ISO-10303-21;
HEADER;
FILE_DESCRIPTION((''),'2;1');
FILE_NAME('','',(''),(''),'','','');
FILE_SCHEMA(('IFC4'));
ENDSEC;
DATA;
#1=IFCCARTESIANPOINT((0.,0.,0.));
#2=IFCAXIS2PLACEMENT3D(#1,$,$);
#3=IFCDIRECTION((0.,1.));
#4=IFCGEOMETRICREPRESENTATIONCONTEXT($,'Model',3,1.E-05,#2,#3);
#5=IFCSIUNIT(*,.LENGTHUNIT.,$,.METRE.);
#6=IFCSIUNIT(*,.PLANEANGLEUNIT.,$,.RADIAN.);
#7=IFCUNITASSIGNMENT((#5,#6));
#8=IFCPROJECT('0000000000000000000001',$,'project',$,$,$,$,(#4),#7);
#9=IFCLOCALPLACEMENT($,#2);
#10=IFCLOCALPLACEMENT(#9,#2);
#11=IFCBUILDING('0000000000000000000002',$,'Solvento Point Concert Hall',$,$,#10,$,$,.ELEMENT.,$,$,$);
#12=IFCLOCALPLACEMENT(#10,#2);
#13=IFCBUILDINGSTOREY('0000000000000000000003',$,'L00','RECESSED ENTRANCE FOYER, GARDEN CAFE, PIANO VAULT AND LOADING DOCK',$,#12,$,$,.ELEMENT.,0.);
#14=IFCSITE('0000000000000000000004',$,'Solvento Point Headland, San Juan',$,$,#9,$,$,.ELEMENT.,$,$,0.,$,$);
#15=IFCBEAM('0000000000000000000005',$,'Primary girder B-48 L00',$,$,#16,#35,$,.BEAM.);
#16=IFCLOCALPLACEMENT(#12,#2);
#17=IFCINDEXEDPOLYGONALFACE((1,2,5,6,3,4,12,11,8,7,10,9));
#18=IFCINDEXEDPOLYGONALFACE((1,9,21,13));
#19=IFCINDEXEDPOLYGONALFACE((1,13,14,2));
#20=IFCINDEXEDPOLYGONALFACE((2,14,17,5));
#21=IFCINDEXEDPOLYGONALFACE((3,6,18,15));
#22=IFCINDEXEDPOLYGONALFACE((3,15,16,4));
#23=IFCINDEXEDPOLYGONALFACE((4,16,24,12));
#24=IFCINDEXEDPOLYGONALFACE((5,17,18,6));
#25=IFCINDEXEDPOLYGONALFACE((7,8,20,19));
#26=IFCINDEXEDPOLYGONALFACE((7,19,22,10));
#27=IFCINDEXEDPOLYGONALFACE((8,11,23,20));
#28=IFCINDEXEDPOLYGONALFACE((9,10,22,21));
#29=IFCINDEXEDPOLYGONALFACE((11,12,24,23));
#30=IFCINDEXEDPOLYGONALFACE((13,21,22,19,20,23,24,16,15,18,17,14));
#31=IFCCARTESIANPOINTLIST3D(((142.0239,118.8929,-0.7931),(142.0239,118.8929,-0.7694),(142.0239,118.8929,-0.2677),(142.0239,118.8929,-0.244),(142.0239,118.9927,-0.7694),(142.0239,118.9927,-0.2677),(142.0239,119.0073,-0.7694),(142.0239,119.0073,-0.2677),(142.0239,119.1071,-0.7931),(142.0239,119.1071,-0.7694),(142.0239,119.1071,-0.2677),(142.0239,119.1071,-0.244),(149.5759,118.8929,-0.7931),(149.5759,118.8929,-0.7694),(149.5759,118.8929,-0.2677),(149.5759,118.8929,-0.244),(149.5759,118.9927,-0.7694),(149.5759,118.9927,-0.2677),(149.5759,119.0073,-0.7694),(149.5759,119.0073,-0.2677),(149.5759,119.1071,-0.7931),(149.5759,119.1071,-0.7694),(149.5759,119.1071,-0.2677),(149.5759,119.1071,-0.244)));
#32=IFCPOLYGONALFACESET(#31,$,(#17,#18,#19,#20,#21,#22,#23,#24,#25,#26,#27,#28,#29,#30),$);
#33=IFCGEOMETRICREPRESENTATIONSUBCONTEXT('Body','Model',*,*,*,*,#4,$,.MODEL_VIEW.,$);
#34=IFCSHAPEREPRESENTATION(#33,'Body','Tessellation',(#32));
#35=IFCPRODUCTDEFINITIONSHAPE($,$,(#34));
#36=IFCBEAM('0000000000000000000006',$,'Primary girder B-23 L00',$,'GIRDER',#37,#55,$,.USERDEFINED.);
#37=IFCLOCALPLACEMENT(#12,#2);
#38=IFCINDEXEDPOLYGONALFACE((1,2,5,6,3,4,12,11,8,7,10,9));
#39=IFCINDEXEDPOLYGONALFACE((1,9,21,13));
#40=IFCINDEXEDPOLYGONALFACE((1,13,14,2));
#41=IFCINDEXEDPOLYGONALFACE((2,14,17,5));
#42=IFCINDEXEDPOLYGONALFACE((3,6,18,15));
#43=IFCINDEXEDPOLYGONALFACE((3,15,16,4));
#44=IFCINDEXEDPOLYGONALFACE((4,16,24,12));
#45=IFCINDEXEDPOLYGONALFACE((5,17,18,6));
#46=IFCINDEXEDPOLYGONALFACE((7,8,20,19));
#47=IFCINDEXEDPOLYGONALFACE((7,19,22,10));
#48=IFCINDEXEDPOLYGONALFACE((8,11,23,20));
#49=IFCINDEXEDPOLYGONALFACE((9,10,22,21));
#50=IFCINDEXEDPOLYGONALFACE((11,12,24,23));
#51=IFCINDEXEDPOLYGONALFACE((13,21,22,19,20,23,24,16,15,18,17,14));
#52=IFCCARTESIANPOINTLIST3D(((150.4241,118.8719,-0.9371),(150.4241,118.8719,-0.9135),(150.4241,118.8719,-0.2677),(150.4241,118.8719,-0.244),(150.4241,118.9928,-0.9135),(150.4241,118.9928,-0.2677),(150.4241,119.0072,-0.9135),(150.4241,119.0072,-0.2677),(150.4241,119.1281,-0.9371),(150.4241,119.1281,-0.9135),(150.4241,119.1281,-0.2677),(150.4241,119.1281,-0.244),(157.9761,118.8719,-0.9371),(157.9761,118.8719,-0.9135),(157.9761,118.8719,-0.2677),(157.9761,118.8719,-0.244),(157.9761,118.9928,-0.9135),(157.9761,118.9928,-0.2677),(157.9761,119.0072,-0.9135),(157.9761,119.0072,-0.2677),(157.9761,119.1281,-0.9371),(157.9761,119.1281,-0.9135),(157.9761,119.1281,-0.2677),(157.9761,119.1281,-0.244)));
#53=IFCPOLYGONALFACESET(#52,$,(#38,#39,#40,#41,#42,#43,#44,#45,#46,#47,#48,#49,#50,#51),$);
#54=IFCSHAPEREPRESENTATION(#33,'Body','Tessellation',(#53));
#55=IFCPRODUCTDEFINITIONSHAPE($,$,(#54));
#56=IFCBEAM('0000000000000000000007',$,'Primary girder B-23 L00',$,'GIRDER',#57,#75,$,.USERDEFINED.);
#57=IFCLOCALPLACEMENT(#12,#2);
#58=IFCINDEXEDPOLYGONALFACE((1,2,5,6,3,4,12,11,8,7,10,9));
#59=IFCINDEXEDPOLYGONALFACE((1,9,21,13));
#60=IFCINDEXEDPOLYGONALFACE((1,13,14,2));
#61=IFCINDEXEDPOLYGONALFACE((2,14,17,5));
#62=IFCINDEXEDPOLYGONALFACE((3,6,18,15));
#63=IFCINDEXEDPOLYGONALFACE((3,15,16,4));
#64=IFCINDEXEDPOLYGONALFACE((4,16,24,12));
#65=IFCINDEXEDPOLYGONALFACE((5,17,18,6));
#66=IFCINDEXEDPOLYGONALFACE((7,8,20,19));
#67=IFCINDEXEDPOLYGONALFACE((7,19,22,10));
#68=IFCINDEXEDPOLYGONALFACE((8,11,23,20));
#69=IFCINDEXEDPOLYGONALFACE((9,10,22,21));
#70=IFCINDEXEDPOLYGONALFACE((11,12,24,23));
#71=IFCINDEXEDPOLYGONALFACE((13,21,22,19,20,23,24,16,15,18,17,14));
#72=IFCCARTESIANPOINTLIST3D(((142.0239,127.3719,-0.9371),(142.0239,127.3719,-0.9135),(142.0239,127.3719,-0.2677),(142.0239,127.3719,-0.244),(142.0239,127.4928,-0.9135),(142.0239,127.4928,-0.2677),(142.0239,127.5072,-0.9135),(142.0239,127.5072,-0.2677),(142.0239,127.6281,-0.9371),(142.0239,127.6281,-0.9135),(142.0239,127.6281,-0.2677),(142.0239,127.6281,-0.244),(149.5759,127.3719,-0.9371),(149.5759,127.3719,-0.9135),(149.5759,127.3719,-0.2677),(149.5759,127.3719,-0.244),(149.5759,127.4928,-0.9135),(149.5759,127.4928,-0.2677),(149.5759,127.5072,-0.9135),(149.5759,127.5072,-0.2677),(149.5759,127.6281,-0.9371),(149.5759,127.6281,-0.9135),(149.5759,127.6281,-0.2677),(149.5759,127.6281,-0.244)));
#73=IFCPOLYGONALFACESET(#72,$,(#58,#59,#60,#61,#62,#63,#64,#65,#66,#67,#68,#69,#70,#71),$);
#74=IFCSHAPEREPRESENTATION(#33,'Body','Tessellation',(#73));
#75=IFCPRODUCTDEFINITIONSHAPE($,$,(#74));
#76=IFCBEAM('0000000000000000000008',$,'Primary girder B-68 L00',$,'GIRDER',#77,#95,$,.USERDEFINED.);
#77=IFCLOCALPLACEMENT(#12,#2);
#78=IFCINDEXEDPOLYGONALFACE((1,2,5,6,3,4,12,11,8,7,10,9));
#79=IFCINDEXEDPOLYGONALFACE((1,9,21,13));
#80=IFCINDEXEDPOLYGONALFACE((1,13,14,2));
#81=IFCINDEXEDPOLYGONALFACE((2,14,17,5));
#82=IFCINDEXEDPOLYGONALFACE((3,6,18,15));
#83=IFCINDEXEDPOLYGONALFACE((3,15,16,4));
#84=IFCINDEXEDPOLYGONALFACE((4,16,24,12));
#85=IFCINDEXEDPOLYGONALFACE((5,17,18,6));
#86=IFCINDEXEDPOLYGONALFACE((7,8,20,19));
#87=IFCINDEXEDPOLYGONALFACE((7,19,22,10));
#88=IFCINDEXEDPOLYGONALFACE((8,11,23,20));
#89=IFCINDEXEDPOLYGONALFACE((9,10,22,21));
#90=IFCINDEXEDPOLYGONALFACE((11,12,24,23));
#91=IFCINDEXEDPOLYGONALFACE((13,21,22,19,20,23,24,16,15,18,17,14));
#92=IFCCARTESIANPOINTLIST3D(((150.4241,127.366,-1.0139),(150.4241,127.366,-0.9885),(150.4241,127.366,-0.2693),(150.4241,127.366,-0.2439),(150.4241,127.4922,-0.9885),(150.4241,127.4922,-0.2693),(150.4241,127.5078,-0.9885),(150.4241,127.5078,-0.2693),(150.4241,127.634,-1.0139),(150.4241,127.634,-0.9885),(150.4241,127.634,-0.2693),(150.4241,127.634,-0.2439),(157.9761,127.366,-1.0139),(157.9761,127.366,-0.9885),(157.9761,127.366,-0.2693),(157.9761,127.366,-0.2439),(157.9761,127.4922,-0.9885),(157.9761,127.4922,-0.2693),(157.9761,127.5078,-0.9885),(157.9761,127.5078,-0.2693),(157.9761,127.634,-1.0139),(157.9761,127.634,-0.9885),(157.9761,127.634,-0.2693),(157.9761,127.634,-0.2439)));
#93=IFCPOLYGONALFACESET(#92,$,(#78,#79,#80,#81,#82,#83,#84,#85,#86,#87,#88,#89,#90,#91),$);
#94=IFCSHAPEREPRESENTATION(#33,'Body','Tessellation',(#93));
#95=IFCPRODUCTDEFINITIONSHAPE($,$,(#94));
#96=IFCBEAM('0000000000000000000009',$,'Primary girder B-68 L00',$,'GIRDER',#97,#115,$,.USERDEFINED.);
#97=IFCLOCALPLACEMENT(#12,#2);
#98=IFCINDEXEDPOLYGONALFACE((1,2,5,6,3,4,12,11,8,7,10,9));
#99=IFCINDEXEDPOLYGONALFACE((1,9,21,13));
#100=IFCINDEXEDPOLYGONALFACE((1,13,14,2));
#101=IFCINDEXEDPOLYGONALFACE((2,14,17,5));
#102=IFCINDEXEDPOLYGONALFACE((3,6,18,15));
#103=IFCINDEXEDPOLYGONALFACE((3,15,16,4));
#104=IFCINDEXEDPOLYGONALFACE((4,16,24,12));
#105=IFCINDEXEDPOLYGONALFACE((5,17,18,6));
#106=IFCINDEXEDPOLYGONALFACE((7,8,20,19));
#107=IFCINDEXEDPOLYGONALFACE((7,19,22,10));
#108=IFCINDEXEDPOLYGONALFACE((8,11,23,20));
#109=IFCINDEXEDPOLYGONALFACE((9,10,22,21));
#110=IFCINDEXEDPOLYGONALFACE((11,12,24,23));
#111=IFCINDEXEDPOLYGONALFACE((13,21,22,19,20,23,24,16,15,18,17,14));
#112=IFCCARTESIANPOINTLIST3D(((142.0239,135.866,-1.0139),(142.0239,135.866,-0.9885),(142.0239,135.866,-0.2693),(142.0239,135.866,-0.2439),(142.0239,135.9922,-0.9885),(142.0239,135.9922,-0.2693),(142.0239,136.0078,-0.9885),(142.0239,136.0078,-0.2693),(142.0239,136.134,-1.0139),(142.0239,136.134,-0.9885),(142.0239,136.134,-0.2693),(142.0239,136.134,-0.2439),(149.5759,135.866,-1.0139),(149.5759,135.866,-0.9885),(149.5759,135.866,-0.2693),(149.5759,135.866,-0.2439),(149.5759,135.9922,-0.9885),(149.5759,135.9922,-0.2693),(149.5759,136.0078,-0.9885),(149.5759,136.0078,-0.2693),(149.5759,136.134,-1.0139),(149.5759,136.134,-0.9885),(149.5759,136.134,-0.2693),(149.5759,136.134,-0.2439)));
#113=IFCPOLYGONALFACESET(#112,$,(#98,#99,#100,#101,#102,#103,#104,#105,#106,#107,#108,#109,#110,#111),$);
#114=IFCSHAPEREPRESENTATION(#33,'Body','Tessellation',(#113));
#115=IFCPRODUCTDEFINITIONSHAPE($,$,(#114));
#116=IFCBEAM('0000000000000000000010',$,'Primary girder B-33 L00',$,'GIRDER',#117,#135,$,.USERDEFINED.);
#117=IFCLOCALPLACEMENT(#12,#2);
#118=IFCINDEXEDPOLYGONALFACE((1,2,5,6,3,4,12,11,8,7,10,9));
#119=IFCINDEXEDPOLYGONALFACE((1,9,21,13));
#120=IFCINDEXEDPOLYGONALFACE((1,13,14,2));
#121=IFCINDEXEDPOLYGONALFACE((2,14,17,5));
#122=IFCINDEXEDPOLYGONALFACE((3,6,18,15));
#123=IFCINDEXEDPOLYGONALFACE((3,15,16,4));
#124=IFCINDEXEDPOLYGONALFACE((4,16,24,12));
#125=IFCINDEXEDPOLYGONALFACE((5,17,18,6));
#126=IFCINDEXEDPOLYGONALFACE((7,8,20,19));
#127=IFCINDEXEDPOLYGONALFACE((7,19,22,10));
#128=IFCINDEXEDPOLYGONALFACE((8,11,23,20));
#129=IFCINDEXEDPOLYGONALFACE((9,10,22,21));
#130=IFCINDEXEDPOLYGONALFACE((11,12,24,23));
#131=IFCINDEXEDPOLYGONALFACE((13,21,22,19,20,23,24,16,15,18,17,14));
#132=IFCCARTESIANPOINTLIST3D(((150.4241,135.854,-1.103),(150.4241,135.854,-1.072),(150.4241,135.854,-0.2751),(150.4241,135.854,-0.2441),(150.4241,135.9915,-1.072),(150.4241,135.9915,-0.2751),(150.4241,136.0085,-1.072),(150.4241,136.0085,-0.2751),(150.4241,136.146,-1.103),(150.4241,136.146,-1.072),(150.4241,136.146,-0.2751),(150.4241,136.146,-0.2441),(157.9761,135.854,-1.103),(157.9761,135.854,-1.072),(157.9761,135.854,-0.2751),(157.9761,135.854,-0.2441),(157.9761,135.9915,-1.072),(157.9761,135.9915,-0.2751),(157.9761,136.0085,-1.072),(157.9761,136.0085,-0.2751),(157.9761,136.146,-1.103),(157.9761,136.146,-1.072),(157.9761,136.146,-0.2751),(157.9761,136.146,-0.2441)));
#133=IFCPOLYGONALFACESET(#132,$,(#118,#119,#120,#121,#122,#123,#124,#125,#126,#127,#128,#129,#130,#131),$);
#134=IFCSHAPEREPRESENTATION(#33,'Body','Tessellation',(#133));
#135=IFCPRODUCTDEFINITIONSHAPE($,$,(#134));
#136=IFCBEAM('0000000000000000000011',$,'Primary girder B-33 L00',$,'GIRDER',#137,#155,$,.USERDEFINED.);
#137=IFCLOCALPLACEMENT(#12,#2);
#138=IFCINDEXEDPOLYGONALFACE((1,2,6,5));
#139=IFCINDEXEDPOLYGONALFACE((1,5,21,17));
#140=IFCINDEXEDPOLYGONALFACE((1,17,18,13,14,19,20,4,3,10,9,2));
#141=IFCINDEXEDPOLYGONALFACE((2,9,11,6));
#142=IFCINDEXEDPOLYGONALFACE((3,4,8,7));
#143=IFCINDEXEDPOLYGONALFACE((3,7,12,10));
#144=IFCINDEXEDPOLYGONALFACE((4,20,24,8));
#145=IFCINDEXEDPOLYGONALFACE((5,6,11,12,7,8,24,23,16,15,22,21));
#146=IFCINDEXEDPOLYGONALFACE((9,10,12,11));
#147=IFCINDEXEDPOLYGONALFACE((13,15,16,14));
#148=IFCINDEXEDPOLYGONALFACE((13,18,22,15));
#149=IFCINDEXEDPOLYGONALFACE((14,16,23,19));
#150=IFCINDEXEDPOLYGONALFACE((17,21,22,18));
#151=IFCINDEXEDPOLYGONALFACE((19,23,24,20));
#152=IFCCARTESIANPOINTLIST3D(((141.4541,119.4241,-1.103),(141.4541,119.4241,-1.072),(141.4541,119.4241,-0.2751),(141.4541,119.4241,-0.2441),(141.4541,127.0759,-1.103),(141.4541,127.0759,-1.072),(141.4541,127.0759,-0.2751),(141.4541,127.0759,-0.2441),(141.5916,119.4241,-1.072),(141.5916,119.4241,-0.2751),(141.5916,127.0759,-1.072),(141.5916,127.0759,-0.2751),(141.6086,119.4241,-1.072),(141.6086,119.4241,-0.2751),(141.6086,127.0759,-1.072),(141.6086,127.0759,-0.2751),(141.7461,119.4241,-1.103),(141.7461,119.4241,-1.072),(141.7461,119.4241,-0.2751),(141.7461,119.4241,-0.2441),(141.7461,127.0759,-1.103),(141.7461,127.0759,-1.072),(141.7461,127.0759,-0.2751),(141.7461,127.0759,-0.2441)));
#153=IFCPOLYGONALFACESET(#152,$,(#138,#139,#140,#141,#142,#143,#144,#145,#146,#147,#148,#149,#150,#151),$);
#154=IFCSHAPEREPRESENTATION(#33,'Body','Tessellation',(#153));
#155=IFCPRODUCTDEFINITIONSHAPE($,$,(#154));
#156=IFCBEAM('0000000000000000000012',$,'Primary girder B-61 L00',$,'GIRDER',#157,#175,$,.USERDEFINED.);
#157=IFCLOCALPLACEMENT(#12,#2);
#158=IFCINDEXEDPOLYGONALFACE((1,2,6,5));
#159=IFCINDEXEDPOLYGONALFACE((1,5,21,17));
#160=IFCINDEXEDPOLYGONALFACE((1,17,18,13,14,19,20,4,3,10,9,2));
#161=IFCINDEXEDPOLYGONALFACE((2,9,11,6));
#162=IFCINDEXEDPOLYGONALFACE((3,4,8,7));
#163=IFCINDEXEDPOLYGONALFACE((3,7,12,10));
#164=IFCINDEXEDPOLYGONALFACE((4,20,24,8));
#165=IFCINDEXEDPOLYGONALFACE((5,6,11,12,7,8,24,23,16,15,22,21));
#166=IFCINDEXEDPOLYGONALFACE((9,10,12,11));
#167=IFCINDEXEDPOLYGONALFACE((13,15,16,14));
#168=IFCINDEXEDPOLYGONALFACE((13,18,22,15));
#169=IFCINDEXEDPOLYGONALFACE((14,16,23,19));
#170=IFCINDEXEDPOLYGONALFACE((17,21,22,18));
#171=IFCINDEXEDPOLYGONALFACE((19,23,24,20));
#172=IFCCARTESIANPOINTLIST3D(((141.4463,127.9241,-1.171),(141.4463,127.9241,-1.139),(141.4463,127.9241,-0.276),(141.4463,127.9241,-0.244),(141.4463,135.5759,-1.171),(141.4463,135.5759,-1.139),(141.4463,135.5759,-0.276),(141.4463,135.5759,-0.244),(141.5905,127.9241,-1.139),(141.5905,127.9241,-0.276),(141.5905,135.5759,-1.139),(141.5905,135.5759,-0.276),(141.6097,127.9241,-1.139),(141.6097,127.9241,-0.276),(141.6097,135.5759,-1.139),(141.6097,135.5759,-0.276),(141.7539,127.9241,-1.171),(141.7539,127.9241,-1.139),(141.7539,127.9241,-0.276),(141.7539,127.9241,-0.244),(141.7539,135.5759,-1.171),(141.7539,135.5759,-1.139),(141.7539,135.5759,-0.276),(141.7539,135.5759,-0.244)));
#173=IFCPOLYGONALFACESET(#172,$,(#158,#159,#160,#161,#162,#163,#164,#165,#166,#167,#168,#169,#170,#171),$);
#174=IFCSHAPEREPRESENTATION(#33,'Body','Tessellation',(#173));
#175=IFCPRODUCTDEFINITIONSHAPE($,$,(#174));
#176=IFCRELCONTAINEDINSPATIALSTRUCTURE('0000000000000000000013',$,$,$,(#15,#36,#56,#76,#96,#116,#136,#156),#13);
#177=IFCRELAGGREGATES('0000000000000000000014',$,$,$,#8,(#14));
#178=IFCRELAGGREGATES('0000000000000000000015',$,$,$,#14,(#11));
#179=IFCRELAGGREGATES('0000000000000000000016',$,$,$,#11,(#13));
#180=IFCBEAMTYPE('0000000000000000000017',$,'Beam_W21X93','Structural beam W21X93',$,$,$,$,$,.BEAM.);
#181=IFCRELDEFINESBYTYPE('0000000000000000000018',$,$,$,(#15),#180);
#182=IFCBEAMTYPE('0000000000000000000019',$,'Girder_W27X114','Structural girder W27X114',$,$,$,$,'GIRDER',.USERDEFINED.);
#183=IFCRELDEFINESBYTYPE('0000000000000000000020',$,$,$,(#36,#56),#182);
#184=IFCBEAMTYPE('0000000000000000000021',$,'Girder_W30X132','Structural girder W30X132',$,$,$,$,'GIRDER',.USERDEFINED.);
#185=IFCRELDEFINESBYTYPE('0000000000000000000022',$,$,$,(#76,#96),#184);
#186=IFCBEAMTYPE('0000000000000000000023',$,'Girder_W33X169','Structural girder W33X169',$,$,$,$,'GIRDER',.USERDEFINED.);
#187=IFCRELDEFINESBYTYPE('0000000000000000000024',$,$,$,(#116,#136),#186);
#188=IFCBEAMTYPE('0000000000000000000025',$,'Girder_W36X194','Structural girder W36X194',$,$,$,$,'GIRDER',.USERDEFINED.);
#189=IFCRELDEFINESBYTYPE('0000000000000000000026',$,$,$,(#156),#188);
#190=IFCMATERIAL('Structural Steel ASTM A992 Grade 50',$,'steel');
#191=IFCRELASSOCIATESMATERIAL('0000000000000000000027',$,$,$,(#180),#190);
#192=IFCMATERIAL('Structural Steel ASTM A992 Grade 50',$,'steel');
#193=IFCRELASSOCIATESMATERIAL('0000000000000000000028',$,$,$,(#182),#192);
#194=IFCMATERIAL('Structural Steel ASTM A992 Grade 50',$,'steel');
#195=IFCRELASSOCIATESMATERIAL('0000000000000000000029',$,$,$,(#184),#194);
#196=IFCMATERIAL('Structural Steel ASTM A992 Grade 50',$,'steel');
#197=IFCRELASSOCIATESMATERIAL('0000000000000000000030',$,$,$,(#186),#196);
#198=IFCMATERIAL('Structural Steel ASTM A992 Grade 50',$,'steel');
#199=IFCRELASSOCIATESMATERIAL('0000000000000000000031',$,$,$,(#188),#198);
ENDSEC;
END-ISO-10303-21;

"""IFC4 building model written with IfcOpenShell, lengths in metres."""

from ifc_helpers import new_model, si_unit, direction, frame, origin, origin_2d, place, context, subcontext, project, spatial, i_section, extrude, material, material_profile, profile_set, type_object, element, save


model = new_model("IFC4")

# Units and contexts
model_context = context("Model", 3, precision=1e-05, world=origin(), true_north=direction((0.0, 1.0)))
body_context = subcontext(model_context, "Body", "Model", "MODEL_VIEW")
ifc_project = project(units=[si_unit("LENGTHUNIT", "METRE"), si_unit("PLANEANGLEUNIT", "RADIAN")], contexts=[model_context])

# Site, building, storey
site_placement = place(None, origin())
site = spatial("IfcSite", under=ifc_project, at=site_placement, Name="Solvento Point Headland, San Juan", CompositionType="ELEMENT", RefElevation=0.0)
building_placement = place(site_placement, origin())
building = spatial("IfcBuilding", under=site, at=building_placement, Name="Solvento Point Concert Hall", CompositionType="ELEMENT")
storey_placement = place(building_placement, origin())
storey = spatial("IfcBuildingStorey", under=building, at=storey_placement, Name="L00", Description="RECESSED ENTRANCE FOYER, GARDEN CAFE, PIANO VAULT AND LOADING DOCK", CompositionType="ELEMENT", Elevation=0.0)

# Beams
ifc_material_1 = material(Name="Structural Steel ASTM A992 Grade 50", Category="steel")
ifc_material_profile_1 = material_profile(ifc_material_1, i_section(OverallWidth=0.2141, OverallDepth=0.5491, WebThickness=0.0146, FlangeThickness=0.0237, at=origin_2d()), Name="W21X93")
ifc_profile_set_1 = profile_set([ifc_material_profile_1], Name="Structural Steel ASTM A992 Grade 50")
beam_type_1 = type_object("IfcBeamType", Name="Beam_W21X93", Description="Structural beam W21X93", PredefinedType="BEAM", material=ifc_profile_set_1)
beam_1_placement = place(storey_placement, frame((142.0239, 119.0, -0.5186), z_axis=(1.0, 0.0, 0.0), x_axis=(0.0, 1.0, 0.0)))
element("IfcBeam", 1, at=beam_1_placement, inside=storey, type_object=beam_type_1, Name="Primary girder B-48 L00", PredefinedType="BEAM", context=body_context, shape_type="SweptSolid", body=[
    extrude(i_section(OverallWidth=0.2141, OverallDepth=0.5491, WebThickness=0.0146, FlangeThickness=0.0237, at=origin_2d()), origin(), (0.0, 0.0, 1.0), 7.552),
])
ifc_material_2 = material(Name="Structural Steel ASTM A992 Grade 50", Category="steel")
ifc_material_profile_2 = material_profile(ifc_material_2, i_section(OverallWidth=0.2561, OverallDepth=0.6931, WebThickness=0.0144, FlangeThickness=0.0237, at=origin_2d()), Name="W27X114")
ifc_profile_set_2 = profile_set([ifc_material_profile_2], Name="Structural Steel ASTM A992 Grade 50")
beam_type_2 = type_object("IfcBeamType", Name="Girder_W27X114", Description="Structural girder W27X114", ElementType="GIRDER", PredefinedType="USERDEFINED", material=ifc_profile_set_2)
for number, where, z_axis, x_axis, name in (
    (2, (150.4241, 119.0, -0.5906), (1.0, 0.0, 0.0), (0.0, 1.0, 0.0), "Primary girder B-23 L00"),
    (3, (142.0239, 127.5, -0.5906), (1.0, 0.0, 0.0), (0.0, 1.0, 0.0), "Primary girder B-23 L00"),
):
    element("IfcBeam", number, at=place(storey_placement, frame(where, z_axis=z_axis, x_axis=x_axis)), inside=storey, type_object=beam_type_2, Name=name, ObjectType="GIRDER", PredefinedType="USERDEFINED", context=body_context, shape_type="SweptSolid", body=[
        extrude(i_section(OverallWidth=0.2561, OverallDepth=0.6931, WebThickness=0.0144, FlangeThickness=0.0237, at=origin_2d()), origin(), (0.0, 0.0, 1.0), 7.552),
    ])
ifc_material_3 = material(Name="Structural Steel ASTM A992 Grade 50", Category="steel")
ifc_material_profile_3 = material_profile(ifc_material_3, i_section(OverallWidth=0.2681, OverallDepth=0.77, WebThickness=0.0156, FlangeThickness=0.0254, at=origin_2d()), Name="W30X132")
ifc_profile_set_3 = profile_set([ifc_material_profile_3], Name="Structural Steel ASTM A992 Grade 50")
beam_type_3 = type_object("IfcBeamType", Name="Girder_W30X132", Description="Structural girder W30X132", ElementType="GIRDER", PredefinedType="USERDEFINED", material=ifc_profile_set_3)
for number, where, z_axis, x_axis, name in (
    (4, (150.4241, 127.5, -0.6289), (1.0, 0.0, 0.0), (0.0, 1.0, 0.0), "Primary girder B-68 L00"),
    (5, (142.0239, 136.0, -0.6289), (1.0, 0.0, 0.0), (0.0, 1.0, 0.0), "Primary girder B-68 L00"),
):
    element("IfcBeam", number, at=place(storey_placement, frame(where, z_axis=z_axis, x_axis=x_axis)), inside=storey, type_object=beam_type_3, Name=name, ObjectType="GIRDER", PredefinedType="USERDEFINED", context=body_context, shape_type="SweptSolid", body=[
        extrude(i_section(OverallWidth=0.2681, OverallDepth=0.77, WebThickness=0.0156, FlangeThickness=0.0254, at=origin_2d()), origin(), (0.0, 0.0, 1.0), 7.552),
    ])
ifc_material_4 = material(Name="Structural Steel ASTM A992 Grade 50", Category="steel")
ifc_material_profile_4 = material_profile(ifc_material_4, i_section(OverallWidth=0.292, OverallDepth=0.8589, WebThickness=0.0171, FlangeThickness=0.031, at=origin_2d()), Name="W33X169")
ifc_profile_set_4 = profile_set([ifc_material_profile_4], Name="Structural Steel ASTM A992 Grade 50")
beam_type_4 = type_object("IfcBeamType", Name="Girder_W33X169", Description="Structural girder W33X169", ElementType="GIRDER", PredefinedType="USERDEFINED", material=ifc_profile_set_4)
beam_2_placement = place(storey_placement, frame((150.4241, 136.0, -0.6736), z_axis=(1.0, 0.0, 0.0), x_axis=(0.0, 1.0, 0.0)))
element("IfcBeam", 6, at=beam_2_placement, inside=storey, type_object=beam_type_4, Name="Primary girder B-33 L00", ObjectType="GIRDER", PredefinedType="USERDEFINED", context=body_context, shape_type="SweptSolid", body=[
    extrude(i_section(OverallWidth=0.292, OverallDepth=0.8589, WebThickness=0.0171, FlangeThickness=0.031, at=origin_2d()), origin(), (0.0, 0.0, 1.0), 7.552),
])
beam_3_placement = place(storey_placement, frame((141.6001, 119.4241, -0.6736), z_axis=(0.0, 1.0, 0.0), x_axis=(-1.0, 0.0, 0.0)))
element("IfcBeam", 7, at=beam_3_placement, inside=storey, type_object=beam_type_4, Name="Primary girder B-33 L00", ObjectType="GIRDER", PredefinedType="USERDEFINED", context=body_context, shape_type="SweptSolid", body=[
    extrude(i_section(OverallWidth=0.292, OverallDepth=0.8589, WebThickness=0.0171, FlangeThickness=0.031, at=origin_2d()), origin(), (0.0, 0.0, 1.0), 7.6519),
])
ifc_material_5 = material(Name="Structural Steel ASTM A992 Grade 50", Category="steel")
ifc_material_profile_5 = material_profile(ifc_material_5, i_section(OverallWidth=0.3076, OverallDepth=0.927, WebThickness=0.0193, FlangeThickness=0.032, at=origin_2d()), Name="W36X194")
ifc_profile_set_5 = profile_set([ifc_material_profile_5], Name="Structural Steel ASTM A992 Grade 50")
beam_type_5 = type_object("IfcBeamType", Name="Girder_W36X194", Description="Structural girder W36X194", ElementType="GIRDER", PredefinedType="USERDEFINED", material=ifc_profile_set_5)
for number, where, z_axis, x_axis, name in (
    (8, (141.6001, 127.9241, -0.7075), (0.0, 1.0, 0.0), (-1.0, 0.0, 0.0), "Primary girder B-61 L00"),
):
    element("IfcBeam", number, at=place(storey_placement, frame(where, z_axis=z_axis, x_axis=x_axis)), inside=storey, type_object=beam_type_5, Name=name, ObjectType="GIRDER", PredefinedType="USERDEFINED", context=body_context, shape_type="SweptSolid", body=[
        extrude(i_section(OverallWidth=0.3076, OverallDepth=0.927, WebThickness=0.0193, FlangeThickness=0.032, at=origin_2d()), origin(), (0.0, 0.0, 1.0), 7.6519),
    ])

save(model, "model.ifc")
